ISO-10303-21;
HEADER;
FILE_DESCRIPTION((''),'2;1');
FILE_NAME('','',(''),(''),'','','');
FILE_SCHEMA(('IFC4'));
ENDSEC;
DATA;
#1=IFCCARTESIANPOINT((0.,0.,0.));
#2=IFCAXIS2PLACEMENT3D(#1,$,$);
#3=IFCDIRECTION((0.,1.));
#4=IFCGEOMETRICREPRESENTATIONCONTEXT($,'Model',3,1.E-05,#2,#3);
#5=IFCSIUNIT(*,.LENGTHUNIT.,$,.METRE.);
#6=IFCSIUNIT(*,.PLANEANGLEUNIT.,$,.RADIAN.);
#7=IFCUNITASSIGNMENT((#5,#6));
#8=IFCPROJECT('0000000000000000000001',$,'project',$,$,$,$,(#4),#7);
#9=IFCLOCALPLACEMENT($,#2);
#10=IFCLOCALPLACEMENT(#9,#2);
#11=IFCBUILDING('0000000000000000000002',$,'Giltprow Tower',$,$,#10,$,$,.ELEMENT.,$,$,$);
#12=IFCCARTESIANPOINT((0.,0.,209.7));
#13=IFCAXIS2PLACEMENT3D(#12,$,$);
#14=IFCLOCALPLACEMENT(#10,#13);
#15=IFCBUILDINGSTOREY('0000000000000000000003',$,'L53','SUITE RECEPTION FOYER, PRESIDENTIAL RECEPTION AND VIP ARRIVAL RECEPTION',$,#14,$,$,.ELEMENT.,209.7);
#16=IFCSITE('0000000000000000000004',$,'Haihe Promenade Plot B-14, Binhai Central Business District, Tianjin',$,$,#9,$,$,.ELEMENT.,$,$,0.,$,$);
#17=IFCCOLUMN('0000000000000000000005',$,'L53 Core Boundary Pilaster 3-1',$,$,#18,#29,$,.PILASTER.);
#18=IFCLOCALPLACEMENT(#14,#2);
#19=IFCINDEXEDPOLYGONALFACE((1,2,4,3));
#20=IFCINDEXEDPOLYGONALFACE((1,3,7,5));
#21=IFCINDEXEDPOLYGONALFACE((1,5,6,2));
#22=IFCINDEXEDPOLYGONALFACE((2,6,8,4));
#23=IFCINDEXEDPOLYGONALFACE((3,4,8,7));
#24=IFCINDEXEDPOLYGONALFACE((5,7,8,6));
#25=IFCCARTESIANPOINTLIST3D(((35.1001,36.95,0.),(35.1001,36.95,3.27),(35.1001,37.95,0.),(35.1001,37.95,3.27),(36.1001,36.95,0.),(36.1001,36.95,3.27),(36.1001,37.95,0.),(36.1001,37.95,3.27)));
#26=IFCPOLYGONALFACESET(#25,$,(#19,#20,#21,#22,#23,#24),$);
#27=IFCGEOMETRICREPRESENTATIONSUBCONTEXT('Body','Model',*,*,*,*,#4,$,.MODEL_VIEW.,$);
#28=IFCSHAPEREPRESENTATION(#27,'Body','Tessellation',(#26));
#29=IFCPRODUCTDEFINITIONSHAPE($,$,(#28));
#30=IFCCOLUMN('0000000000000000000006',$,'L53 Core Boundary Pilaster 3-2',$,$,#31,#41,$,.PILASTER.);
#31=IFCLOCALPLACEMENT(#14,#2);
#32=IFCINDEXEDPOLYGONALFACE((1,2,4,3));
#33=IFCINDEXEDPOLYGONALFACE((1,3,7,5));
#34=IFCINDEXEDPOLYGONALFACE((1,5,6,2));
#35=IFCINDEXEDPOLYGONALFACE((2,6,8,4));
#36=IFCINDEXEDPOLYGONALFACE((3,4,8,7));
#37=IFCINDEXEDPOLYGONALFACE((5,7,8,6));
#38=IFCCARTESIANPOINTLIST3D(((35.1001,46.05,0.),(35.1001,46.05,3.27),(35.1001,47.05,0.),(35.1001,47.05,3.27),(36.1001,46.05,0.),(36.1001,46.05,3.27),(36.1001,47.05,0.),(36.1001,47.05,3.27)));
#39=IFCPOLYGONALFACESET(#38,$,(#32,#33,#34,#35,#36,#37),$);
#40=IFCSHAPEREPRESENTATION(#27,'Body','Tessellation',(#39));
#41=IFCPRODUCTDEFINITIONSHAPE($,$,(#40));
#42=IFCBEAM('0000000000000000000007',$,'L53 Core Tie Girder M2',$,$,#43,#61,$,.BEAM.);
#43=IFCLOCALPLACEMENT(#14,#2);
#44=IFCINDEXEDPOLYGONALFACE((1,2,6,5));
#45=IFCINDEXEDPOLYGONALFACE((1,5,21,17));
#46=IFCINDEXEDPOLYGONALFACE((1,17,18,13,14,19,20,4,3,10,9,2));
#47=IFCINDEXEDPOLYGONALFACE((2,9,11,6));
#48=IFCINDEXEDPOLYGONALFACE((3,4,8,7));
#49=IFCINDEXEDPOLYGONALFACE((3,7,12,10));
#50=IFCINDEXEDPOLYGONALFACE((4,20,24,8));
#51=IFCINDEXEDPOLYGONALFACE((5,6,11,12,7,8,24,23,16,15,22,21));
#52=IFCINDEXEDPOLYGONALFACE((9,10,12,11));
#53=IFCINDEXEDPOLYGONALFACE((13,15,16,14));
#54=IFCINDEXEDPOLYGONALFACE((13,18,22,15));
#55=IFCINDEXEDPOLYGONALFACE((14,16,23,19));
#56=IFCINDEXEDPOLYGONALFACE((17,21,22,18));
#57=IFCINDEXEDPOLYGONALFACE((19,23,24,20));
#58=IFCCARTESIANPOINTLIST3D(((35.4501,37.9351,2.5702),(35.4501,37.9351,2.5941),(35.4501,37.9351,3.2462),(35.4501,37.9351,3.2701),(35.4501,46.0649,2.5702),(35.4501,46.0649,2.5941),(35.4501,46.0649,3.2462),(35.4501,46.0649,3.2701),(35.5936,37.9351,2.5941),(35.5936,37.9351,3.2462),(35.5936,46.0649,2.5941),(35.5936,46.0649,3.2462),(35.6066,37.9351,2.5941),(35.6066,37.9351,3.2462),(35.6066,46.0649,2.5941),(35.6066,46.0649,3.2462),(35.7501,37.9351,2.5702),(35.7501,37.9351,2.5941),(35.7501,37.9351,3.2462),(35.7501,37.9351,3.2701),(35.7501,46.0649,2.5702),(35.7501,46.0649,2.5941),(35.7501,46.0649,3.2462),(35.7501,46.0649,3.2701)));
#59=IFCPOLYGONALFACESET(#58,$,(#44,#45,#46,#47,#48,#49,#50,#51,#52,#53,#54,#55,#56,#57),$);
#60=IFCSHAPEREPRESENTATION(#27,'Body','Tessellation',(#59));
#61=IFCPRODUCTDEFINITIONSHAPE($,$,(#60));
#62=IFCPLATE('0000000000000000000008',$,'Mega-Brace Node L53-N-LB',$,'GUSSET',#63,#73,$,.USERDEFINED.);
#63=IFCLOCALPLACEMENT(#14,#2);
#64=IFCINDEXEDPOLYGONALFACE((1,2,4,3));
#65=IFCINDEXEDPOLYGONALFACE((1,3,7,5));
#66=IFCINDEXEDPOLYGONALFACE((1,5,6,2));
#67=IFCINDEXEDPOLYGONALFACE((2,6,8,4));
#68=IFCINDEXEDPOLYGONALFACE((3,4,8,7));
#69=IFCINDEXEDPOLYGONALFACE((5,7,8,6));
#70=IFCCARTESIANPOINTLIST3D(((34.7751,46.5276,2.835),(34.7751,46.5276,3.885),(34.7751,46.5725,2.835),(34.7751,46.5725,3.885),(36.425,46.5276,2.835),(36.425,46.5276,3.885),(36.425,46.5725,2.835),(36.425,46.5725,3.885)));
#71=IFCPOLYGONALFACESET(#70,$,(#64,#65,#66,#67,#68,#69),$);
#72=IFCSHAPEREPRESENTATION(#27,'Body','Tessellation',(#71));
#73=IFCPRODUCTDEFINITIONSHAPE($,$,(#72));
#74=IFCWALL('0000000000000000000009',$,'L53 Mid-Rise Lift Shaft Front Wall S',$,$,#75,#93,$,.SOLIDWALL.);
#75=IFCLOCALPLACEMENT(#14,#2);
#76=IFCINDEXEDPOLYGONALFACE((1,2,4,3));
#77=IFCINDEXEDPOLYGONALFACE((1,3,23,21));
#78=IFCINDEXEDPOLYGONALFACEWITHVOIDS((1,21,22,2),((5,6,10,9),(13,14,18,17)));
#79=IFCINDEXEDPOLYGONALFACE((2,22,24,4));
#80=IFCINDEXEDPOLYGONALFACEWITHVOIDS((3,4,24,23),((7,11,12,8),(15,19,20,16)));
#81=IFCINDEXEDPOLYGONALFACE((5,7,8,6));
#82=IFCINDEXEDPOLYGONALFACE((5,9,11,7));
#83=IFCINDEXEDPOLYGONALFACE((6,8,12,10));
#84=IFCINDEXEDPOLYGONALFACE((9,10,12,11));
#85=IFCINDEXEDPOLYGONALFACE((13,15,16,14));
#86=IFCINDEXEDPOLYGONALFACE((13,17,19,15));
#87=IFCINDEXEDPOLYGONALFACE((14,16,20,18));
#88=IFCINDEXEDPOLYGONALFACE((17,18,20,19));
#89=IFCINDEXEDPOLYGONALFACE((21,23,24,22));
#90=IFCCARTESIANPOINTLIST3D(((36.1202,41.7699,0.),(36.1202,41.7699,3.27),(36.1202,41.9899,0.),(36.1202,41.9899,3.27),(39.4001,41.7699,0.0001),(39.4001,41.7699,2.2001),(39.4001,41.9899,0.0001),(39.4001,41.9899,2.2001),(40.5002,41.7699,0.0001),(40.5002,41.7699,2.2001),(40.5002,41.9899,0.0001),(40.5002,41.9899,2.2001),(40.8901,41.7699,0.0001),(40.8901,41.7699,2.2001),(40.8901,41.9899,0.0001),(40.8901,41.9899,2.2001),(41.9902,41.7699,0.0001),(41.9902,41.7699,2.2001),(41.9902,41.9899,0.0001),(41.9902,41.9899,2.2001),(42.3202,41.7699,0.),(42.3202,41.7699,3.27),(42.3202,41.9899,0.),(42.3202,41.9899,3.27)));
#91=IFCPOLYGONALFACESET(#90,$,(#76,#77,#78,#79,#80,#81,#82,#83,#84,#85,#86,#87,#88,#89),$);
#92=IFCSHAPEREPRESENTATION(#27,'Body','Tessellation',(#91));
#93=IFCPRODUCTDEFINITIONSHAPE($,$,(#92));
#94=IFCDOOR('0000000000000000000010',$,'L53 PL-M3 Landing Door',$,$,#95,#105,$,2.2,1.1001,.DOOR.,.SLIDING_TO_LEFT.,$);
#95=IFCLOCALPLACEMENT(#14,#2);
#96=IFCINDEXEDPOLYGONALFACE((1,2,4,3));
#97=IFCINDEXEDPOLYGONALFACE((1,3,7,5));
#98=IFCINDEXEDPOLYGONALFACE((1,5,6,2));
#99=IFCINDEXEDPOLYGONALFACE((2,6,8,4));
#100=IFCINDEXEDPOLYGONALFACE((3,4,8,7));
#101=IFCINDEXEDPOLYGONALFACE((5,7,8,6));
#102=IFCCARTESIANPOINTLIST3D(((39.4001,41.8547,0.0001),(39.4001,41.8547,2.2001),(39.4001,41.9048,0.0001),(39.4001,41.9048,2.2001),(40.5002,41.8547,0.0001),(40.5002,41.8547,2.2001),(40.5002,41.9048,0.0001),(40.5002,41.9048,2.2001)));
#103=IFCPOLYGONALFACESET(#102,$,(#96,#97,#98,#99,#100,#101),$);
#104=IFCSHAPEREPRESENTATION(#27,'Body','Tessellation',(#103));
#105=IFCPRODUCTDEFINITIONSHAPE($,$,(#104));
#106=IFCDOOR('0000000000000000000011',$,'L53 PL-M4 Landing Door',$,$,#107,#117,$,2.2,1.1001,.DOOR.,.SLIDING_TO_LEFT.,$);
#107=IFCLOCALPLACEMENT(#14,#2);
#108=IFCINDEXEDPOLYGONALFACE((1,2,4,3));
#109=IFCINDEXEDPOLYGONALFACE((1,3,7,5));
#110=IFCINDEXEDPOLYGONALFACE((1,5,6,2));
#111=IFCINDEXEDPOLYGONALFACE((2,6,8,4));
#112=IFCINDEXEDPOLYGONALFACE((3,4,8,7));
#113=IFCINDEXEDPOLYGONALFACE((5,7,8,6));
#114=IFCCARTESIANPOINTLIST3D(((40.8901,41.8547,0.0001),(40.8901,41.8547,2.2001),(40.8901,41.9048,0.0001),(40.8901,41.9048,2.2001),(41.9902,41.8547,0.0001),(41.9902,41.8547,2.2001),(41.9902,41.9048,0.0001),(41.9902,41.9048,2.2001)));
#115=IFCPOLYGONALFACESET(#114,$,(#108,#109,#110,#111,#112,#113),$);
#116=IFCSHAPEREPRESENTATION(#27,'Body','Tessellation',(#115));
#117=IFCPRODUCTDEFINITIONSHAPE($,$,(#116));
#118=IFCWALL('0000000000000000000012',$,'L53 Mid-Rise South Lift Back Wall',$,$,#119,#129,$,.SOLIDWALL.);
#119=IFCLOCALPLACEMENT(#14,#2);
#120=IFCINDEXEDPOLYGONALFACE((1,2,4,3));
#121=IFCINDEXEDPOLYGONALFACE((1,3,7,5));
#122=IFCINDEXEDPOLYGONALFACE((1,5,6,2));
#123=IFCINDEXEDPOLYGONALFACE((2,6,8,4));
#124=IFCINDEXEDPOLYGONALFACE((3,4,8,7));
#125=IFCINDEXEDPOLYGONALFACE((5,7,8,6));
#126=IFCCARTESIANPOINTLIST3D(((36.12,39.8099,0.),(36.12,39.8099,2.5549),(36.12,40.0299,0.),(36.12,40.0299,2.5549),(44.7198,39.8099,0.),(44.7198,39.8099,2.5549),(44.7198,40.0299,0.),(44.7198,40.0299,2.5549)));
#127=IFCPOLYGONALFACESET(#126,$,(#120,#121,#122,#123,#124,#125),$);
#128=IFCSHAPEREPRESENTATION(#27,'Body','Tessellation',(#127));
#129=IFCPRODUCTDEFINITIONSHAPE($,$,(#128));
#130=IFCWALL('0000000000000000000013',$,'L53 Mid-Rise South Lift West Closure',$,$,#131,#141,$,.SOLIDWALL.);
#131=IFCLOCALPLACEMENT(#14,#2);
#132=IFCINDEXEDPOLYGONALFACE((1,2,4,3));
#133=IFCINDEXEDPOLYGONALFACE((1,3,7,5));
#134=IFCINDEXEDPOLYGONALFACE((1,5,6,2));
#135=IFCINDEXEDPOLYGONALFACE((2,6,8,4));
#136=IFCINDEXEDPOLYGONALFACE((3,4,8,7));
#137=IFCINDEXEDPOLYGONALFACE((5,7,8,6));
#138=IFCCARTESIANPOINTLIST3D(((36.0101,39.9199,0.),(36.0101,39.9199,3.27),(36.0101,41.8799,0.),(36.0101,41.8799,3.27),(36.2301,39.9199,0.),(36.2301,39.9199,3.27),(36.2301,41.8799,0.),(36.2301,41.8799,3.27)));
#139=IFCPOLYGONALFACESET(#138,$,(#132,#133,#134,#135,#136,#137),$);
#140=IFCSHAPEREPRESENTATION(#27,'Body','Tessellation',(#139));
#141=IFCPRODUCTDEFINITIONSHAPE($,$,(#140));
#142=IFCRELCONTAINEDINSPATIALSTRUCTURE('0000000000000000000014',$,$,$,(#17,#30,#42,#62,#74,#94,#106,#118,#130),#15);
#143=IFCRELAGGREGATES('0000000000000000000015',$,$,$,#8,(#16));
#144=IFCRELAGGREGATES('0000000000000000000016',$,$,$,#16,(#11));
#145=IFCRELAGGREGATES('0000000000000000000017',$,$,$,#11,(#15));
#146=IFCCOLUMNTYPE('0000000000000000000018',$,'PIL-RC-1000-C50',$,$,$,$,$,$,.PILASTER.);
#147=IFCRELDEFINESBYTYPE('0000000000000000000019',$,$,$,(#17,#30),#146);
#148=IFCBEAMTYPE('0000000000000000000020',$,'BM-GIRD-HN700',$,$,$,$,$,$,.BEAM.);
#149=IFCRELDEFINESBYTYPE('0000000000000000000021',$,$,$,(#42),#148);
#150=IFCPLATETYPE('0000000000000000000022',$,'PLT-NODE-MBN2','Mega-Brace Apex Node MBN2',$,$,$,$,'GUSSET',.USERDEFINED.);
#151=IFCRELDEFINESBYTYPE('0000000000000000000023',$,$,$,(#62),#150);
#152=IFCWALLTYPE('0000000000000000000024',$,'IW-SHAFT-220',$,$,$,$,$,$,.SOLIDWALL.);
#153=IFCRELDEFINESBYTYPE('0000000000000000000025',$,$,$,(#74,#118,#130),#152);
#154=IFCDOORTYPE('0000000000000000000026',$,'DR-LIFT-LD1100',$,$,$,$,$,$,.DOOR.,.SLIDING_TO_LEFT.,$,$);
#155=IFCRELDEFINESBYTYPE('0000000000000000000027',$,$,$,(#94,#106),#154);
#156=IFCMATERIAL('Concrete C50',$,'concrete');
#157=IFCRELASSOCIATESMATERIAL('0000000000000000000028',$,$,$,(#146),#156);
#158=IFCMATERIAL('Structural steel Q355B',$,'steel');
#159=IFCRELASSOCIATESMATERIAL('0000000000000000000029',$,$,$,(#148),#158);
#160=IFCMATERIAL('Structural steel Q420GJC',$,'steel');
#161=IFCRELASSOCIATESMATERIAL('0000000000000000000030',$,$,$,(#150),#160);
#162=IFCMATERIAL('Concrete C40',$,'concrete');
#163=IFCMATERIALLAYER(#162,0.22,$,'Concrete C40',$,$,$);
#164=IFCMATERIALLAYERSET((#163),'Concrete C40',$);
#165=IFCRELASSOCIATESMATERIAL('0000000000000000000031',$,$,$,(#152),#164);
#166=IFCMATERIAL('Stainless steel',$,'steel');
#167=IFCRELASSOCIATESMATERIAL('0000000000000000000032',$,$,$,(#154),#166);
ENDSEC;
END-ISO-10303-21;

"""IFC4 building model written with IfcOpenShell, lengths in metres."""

from ifc_helpers import new_model, si_unit, direction, frame, frame_2d, origin, origin_2d, place, context, subcontext, project, spatial, rectangle, i_section, extrude, source, transform, mapped, material, layer, layer_set, material_profile, profile_set, type_object, element, fill, save


model = new_model("IFC4")

# Units and contexts
model_context = context("Model", 3, precision=1e-05, world=origin(), true_north=direction((0.0, 1.0)))
body_context = subcontext(model_context, "Body", "Model", "MODEL_VIEW")
ifc_project = project(units=[si_unit("LENGTHUNIT", "METRE"), si_unit("PLANEANGLEUNIT", "RADIAN")], contexts=[model_context])

# Site, building, storey
site_placement = place(None, origin())
site = spatial("IfcSite", under=ifc_project, at=site_placement, Name="Haihe Promenade Plot B-14, Binhai Central Business District, Tianjin", CompositionType="ELEMENT", RefElevation=0.0)
building_placement = place(site_placement, origin())
building = spatial("IfcBuilding", under=site, at=building_placement, Name="Giltprow Tower", CompositionType="ELEMENT")
storey_placement = place(building_placement, frame((0.0, 0.0, 209.7)))
storey = spatial("IfcBuildingStorey", under=building, at=storey_placement, Name="L53", Description="SUITE RECEPTION FOYER, PRESIDENTIAL RECEPTION AND VIP ARRIVAL RECEPTION", CompositionType="ELEMENT", Elevation=209.7)

# Columns
ifc_material_1 = material(Name="Concrete C50", Category="concrete")
ifc_material_profile_1 = material_profile(ifc_material_1, rectangle(XDim=1.0, YDim=1.0, at=origin_2d()), Name="RC 1000x1000")
ifc_profile_set_1 = profile_set([ifc_material_profile_1], Name="Concrete C50")
column_type = type_object("IfcColumnType", Name="PIL-RC-1000-C50", PredefinedType="PILASTER", material=ifc_profile_set_1)
shared_shape_1 = source(origin(), body_context, "Body", "SweptSolid", [
    extrude(rectangle(XDim=1.0, YDim=1.0, at=origin_2d()), origin(), (0.0, 0.0, 1.0), 3.27),
])
for number, where, z_axis, x_axis, name in (
    (1, (35.6001, 37.45, 0.0), (0.0, 0.0, 1.0), (1.0, 0.0, 0.0), "L53 Core Boundary Pilaster 3-1"),
    (2, (35.6001, 46.55, 0.0), (0.0, 0.0, 1.0), (1.0, 0.0, 0.0), "L53 Core Boundary Pilaster 3-2"),
):
    element("IfcColumn", number, at=place(storey_placement, frame(where, z_axis=z_axis, x_axis=x_axis)), inside=storey, type_object=column_type, Name=name, PredefinedType="PILASTER", context=body_context, shape_type="MappedRepresentation", body=[
        mapped(shared_shape_1, transform((0.0, 0.0, 0.0), x_axis=(1.0, 0.0, 0.0), y_axis=(0.0, 1.0, 0.0), z_axis=(0.0, 0.0, 1.0), scale=1.0)),
    ])

# Beam
ifc_material_2 = material(Name="Structural steel Q355B", Category="steel")
ifc_material_profile_2 = material_profile(ifc_material_2, i_section(OverallWidth=0.3, OverallDepth=0.7, WebThickness=0.0129, FlangeThickness=0.0239, at=origin_2d()), Name="HN 700x300x13x24")
ifc_profile_set_2 = profile_set([ifc_material_profile_2], Name="Structural steel Q355B")
beam_type = type_object("IfcBeamType", Name="BM-GIRD-HN700", PredefinedType="BEAM", material=ifc_profile_set_2)
shared_shape_2 = source(origin(), body_context, "Body", "SweptSolid", [
    extrude(i_section(OverallWidth=0.3, OverallDepth=0.7, WebThickness=0.0129, FlangeThickness=0.0239, at=origin_2d()), origin(), (0.0, 0.0, 1.0), 8.1299),
])
beam_placement = place(storey_placement, frame((35.6001, 37.9351, 2.9202), z_axis=(0.0, 1.0, 0.0), x_axis=(-1.0, 0.0, 0.0)))
element("IfcBeam", 3, at=beam_placement, inside=storey, type_object=beam_type, Name="L53 Core Tie Girder M2", PredefinedType="BEAM", context=body_context, shape_type="MappedRepresentation", body=[
    mapped(shared_shape_2, transform((0.0, 0.0, 0.0), x_axis=(1.0, 0.0, 0.0), y_axis=(0.0, 1.0, 0.0), z_axis=(0.0, 0.0, 1.0), scale=1.0)),
])

# Plate
ifc_material_3 = material(Name="Structural steel Q420GJC", Category="steel")
plate_type = type_object("IfcPlateType", Name="PLT-NODE-MBN2", Description="Mega-Brace Apex Node MBN2", ElementType="GUSSET", PredefinedType="USERDEFINED", material=ifc_material_3)
shared_shape_3 = source(origin(), body_context, "Body", "SweptSolid", [
    extrude(rectangle(XDim=1.6499, YDim=0.0449, at=origin_2d()), origin(), (0.0, 0.0, 1.0), 1.05),
])
plate_placement = place(storey_placement, frame((35.6001, 46.55, 2.835), z_axis=(0.0, 0.0, 1.0), x_axis=(1.0, 0.0, 0.0)))
element("IfcPlate", 4, at=plate_placement, inside=storey, type_object=plate_type, Name="Mega-Brace Node L53-N-LB", ObjectType="GUSSET", PredefinedType="USERDEFINED", context=body_context, shape_type="MappedRepresentation", body=[
    mapped(shared_shape_3, transform((0.0, 0.0, 0.0), x_axis=(1.0, 0.0, 0.0), y_axis=(0.0, 1.0, 0.0), z_axis=(0.0, 0.0, 1.0), scale=1.0)),
])

# Wall, openings, doors
ifc_material_4 = material(Name="Concrete C40", Category="concrete")
ifc_layer_1 = layer(ifc_material_4, 0.22, Name="Concrete C40")
ifc_layer_set_1 = layer_set([ifc_layer_1], Name="Concrete C40")
wall_type_1 = type_object("IfcWallType", Name="IW-SHAFT-220", PredefinedType="SOLIDWALL", material=ifc_layer_set_1)
wall_1_placement = place(storey_placement, frame((36.1201, 41.8799, 0.0), z_axis=(0.0, 0.0, 1.0), x_axis=(1.0, 0.0, 0.0)))
wall_1 = element("IfcWall", 5, at=wall_1_placement, inside=storey, type_object=wall_type_1, Name="L53 Mid-Rise Lift Shaft Front Wall S", PredefinedType="SOLIDWALL", context=body_context, shape_type="SweptSolid", body=[
    extrude(rectangle(XDim=6.2, YDim=0.22, at=frame_2d((3.1001, 0.0))), origin(), (0.0, 0.0, 1.0), 3.27),
])
opening_1_placement = place(wall_1_placement, frame((3.28, 0.0, 0.0)))
opening_1 = element("IfcOpeningElement", 6, at=opening_1_placement, cuts=wall_1, PredefinedType="OPENING", context=body_context, shape_type="SweptSolid", body=[
    extrude(rectangle(XDim=1.1001, YDim=2.2, at=frame_2d((0.55, 1.1001))), frame((0.0, 0.1199, 0.0), z_axis=(0.0, -1.0, 0.0), x_axis=(1.0, 0.0, 0.0)), (0.0, 0.0, 1.0), 0.24),
])
opening_2_placement = place(wall_1_placement, frame((4.77, 0.0, 0.0)))
opening_2 = element("IfcOpeningElement", 7, at=opening_2_placement, cuts=wall_1, PredefinedType="OPENING", context=body_context, shape_type="SweptSolid", body=[
    extrude(rectangle(XDim=1.1001, YDim=2.2, at=frame_2d((0.55, 1.1001))), frame((0.0, 0.1199, 0.0), z_axis=(0.0, -1.0, 0.0), x_axis=(1.0, 0.0, 0.0)), (0.0, 0.0, 1.0), 0.24),
])
ifc_material_5 = material(Name="Stainless steel", Category="steel")
door_type_1 = type_object("IfcDoorType", Name="DR-LIFT-LD1100", OperationType="SLIDING_TO_LEFT", PredefinedType="DOOR", material=ifc_material_5)
shared_shape_4 = source(origin(), body_context, "Body", "SweptSolid", [
    extrude(rectangle(XDim=1.1001, YDim=2.2, at=frame_2d((0.55, 1.1001))), frame((0.0, 0.0249, 0.0), z_axis=(0.0, -1.0, 0.0), x_axis=(1.0, 0.0, 0.0)), (0.0, 0.0, 1.0), 0.05),
])
door_1_placement = place(opening_1_placement, origin())
door_1 = element("IfcDoor", 8, at=door_1_placement, inside=storey, type_object=door_type_1, Name="L53 PL-M3 Landing Door", OperationType="SLIDING_TO_LEFT", OverallHeight=2.2, OverallWidth=1.1001, PredefinedType="DOOR", context=body_context, shape_type="MappedRepresentation", body=[
    mapped(shared_shape_4, transform((0.0, 0.0, 0.0), x_axis=(1.0, 0.0, 0.0), y_axis=(0.0, 1.0, 0.0), z_axis=(0.0, 0.0, 1.0), scale=1.0)),
])
fill(opening_1, door_1)
door_2_placement = place(opening_2_placement, origin())
door_2 = element("IfcDoor", 9, at=door_2_placement, inside=storey, type_object=door_type_1, Name="L53 PL-M4 Landing Door", OperationType="SLIDING_TO_LEFT", OverallHeight=2.2, OverallWidth=1.1001, PredefinedType="DOOR", context=body_context, shape_type="MappedRepresentation", body=[
    mapped(shared_shape_4, transform((0.0, 0.0, 0.0), x_axis=(1.0, 0.0, 0.0), y_axis=(0.0, 1.0, 0.0), z_axis=(0.0, 0.0, 1.0), scale=1.0)),
])
fill(opening_2, door_2)

# Walls
wall_2_placement = place(storey_placement, frame((36.1201, 39.9199, 0.0), z_axis=(0.0, 0.0, 1.0), x_axis=(1.0, 0.0, 0.0)))
element("IfcWall", 10, at=wall_2_placement, inside=storey, type_object=wall_type_1, Name="L53 Mid-Rise South Lift Back Wall", PredefinedType="SOLIDWALL", context=body_context, shape_type="SweptSolid", body=[
    extrude(rectangle(XDim=8.5999, YDim=0.22, at=frame_2d((4.2998, 0.0))), origin(), (0.0, 0.0, 1.0), 2.5549),
])
wall_3_placement = place(storey_placement, frame((36.1201, 39.9199, 0.0), z_axis=(0.0, 0.0, 1.0), x_axis=(0.0, 1.0, 0.0)))
element("IfcWall", 11, at=wall_3_placement, inside=storey, type_object=wall_type_1, Name="L53 Mid-Rise South Lift West Closure", PredefinedType="SOLIDWALL", context=body_context, shape_type="SweptSolid", body=[
    extrude(rectangle(XDim=1.96, YDim=0.22, at=frame_2d((0.98, 0.0))), origin(), (0.0, 0.0, 1.0), 3.27),
])

save(model, "model.ifc")
